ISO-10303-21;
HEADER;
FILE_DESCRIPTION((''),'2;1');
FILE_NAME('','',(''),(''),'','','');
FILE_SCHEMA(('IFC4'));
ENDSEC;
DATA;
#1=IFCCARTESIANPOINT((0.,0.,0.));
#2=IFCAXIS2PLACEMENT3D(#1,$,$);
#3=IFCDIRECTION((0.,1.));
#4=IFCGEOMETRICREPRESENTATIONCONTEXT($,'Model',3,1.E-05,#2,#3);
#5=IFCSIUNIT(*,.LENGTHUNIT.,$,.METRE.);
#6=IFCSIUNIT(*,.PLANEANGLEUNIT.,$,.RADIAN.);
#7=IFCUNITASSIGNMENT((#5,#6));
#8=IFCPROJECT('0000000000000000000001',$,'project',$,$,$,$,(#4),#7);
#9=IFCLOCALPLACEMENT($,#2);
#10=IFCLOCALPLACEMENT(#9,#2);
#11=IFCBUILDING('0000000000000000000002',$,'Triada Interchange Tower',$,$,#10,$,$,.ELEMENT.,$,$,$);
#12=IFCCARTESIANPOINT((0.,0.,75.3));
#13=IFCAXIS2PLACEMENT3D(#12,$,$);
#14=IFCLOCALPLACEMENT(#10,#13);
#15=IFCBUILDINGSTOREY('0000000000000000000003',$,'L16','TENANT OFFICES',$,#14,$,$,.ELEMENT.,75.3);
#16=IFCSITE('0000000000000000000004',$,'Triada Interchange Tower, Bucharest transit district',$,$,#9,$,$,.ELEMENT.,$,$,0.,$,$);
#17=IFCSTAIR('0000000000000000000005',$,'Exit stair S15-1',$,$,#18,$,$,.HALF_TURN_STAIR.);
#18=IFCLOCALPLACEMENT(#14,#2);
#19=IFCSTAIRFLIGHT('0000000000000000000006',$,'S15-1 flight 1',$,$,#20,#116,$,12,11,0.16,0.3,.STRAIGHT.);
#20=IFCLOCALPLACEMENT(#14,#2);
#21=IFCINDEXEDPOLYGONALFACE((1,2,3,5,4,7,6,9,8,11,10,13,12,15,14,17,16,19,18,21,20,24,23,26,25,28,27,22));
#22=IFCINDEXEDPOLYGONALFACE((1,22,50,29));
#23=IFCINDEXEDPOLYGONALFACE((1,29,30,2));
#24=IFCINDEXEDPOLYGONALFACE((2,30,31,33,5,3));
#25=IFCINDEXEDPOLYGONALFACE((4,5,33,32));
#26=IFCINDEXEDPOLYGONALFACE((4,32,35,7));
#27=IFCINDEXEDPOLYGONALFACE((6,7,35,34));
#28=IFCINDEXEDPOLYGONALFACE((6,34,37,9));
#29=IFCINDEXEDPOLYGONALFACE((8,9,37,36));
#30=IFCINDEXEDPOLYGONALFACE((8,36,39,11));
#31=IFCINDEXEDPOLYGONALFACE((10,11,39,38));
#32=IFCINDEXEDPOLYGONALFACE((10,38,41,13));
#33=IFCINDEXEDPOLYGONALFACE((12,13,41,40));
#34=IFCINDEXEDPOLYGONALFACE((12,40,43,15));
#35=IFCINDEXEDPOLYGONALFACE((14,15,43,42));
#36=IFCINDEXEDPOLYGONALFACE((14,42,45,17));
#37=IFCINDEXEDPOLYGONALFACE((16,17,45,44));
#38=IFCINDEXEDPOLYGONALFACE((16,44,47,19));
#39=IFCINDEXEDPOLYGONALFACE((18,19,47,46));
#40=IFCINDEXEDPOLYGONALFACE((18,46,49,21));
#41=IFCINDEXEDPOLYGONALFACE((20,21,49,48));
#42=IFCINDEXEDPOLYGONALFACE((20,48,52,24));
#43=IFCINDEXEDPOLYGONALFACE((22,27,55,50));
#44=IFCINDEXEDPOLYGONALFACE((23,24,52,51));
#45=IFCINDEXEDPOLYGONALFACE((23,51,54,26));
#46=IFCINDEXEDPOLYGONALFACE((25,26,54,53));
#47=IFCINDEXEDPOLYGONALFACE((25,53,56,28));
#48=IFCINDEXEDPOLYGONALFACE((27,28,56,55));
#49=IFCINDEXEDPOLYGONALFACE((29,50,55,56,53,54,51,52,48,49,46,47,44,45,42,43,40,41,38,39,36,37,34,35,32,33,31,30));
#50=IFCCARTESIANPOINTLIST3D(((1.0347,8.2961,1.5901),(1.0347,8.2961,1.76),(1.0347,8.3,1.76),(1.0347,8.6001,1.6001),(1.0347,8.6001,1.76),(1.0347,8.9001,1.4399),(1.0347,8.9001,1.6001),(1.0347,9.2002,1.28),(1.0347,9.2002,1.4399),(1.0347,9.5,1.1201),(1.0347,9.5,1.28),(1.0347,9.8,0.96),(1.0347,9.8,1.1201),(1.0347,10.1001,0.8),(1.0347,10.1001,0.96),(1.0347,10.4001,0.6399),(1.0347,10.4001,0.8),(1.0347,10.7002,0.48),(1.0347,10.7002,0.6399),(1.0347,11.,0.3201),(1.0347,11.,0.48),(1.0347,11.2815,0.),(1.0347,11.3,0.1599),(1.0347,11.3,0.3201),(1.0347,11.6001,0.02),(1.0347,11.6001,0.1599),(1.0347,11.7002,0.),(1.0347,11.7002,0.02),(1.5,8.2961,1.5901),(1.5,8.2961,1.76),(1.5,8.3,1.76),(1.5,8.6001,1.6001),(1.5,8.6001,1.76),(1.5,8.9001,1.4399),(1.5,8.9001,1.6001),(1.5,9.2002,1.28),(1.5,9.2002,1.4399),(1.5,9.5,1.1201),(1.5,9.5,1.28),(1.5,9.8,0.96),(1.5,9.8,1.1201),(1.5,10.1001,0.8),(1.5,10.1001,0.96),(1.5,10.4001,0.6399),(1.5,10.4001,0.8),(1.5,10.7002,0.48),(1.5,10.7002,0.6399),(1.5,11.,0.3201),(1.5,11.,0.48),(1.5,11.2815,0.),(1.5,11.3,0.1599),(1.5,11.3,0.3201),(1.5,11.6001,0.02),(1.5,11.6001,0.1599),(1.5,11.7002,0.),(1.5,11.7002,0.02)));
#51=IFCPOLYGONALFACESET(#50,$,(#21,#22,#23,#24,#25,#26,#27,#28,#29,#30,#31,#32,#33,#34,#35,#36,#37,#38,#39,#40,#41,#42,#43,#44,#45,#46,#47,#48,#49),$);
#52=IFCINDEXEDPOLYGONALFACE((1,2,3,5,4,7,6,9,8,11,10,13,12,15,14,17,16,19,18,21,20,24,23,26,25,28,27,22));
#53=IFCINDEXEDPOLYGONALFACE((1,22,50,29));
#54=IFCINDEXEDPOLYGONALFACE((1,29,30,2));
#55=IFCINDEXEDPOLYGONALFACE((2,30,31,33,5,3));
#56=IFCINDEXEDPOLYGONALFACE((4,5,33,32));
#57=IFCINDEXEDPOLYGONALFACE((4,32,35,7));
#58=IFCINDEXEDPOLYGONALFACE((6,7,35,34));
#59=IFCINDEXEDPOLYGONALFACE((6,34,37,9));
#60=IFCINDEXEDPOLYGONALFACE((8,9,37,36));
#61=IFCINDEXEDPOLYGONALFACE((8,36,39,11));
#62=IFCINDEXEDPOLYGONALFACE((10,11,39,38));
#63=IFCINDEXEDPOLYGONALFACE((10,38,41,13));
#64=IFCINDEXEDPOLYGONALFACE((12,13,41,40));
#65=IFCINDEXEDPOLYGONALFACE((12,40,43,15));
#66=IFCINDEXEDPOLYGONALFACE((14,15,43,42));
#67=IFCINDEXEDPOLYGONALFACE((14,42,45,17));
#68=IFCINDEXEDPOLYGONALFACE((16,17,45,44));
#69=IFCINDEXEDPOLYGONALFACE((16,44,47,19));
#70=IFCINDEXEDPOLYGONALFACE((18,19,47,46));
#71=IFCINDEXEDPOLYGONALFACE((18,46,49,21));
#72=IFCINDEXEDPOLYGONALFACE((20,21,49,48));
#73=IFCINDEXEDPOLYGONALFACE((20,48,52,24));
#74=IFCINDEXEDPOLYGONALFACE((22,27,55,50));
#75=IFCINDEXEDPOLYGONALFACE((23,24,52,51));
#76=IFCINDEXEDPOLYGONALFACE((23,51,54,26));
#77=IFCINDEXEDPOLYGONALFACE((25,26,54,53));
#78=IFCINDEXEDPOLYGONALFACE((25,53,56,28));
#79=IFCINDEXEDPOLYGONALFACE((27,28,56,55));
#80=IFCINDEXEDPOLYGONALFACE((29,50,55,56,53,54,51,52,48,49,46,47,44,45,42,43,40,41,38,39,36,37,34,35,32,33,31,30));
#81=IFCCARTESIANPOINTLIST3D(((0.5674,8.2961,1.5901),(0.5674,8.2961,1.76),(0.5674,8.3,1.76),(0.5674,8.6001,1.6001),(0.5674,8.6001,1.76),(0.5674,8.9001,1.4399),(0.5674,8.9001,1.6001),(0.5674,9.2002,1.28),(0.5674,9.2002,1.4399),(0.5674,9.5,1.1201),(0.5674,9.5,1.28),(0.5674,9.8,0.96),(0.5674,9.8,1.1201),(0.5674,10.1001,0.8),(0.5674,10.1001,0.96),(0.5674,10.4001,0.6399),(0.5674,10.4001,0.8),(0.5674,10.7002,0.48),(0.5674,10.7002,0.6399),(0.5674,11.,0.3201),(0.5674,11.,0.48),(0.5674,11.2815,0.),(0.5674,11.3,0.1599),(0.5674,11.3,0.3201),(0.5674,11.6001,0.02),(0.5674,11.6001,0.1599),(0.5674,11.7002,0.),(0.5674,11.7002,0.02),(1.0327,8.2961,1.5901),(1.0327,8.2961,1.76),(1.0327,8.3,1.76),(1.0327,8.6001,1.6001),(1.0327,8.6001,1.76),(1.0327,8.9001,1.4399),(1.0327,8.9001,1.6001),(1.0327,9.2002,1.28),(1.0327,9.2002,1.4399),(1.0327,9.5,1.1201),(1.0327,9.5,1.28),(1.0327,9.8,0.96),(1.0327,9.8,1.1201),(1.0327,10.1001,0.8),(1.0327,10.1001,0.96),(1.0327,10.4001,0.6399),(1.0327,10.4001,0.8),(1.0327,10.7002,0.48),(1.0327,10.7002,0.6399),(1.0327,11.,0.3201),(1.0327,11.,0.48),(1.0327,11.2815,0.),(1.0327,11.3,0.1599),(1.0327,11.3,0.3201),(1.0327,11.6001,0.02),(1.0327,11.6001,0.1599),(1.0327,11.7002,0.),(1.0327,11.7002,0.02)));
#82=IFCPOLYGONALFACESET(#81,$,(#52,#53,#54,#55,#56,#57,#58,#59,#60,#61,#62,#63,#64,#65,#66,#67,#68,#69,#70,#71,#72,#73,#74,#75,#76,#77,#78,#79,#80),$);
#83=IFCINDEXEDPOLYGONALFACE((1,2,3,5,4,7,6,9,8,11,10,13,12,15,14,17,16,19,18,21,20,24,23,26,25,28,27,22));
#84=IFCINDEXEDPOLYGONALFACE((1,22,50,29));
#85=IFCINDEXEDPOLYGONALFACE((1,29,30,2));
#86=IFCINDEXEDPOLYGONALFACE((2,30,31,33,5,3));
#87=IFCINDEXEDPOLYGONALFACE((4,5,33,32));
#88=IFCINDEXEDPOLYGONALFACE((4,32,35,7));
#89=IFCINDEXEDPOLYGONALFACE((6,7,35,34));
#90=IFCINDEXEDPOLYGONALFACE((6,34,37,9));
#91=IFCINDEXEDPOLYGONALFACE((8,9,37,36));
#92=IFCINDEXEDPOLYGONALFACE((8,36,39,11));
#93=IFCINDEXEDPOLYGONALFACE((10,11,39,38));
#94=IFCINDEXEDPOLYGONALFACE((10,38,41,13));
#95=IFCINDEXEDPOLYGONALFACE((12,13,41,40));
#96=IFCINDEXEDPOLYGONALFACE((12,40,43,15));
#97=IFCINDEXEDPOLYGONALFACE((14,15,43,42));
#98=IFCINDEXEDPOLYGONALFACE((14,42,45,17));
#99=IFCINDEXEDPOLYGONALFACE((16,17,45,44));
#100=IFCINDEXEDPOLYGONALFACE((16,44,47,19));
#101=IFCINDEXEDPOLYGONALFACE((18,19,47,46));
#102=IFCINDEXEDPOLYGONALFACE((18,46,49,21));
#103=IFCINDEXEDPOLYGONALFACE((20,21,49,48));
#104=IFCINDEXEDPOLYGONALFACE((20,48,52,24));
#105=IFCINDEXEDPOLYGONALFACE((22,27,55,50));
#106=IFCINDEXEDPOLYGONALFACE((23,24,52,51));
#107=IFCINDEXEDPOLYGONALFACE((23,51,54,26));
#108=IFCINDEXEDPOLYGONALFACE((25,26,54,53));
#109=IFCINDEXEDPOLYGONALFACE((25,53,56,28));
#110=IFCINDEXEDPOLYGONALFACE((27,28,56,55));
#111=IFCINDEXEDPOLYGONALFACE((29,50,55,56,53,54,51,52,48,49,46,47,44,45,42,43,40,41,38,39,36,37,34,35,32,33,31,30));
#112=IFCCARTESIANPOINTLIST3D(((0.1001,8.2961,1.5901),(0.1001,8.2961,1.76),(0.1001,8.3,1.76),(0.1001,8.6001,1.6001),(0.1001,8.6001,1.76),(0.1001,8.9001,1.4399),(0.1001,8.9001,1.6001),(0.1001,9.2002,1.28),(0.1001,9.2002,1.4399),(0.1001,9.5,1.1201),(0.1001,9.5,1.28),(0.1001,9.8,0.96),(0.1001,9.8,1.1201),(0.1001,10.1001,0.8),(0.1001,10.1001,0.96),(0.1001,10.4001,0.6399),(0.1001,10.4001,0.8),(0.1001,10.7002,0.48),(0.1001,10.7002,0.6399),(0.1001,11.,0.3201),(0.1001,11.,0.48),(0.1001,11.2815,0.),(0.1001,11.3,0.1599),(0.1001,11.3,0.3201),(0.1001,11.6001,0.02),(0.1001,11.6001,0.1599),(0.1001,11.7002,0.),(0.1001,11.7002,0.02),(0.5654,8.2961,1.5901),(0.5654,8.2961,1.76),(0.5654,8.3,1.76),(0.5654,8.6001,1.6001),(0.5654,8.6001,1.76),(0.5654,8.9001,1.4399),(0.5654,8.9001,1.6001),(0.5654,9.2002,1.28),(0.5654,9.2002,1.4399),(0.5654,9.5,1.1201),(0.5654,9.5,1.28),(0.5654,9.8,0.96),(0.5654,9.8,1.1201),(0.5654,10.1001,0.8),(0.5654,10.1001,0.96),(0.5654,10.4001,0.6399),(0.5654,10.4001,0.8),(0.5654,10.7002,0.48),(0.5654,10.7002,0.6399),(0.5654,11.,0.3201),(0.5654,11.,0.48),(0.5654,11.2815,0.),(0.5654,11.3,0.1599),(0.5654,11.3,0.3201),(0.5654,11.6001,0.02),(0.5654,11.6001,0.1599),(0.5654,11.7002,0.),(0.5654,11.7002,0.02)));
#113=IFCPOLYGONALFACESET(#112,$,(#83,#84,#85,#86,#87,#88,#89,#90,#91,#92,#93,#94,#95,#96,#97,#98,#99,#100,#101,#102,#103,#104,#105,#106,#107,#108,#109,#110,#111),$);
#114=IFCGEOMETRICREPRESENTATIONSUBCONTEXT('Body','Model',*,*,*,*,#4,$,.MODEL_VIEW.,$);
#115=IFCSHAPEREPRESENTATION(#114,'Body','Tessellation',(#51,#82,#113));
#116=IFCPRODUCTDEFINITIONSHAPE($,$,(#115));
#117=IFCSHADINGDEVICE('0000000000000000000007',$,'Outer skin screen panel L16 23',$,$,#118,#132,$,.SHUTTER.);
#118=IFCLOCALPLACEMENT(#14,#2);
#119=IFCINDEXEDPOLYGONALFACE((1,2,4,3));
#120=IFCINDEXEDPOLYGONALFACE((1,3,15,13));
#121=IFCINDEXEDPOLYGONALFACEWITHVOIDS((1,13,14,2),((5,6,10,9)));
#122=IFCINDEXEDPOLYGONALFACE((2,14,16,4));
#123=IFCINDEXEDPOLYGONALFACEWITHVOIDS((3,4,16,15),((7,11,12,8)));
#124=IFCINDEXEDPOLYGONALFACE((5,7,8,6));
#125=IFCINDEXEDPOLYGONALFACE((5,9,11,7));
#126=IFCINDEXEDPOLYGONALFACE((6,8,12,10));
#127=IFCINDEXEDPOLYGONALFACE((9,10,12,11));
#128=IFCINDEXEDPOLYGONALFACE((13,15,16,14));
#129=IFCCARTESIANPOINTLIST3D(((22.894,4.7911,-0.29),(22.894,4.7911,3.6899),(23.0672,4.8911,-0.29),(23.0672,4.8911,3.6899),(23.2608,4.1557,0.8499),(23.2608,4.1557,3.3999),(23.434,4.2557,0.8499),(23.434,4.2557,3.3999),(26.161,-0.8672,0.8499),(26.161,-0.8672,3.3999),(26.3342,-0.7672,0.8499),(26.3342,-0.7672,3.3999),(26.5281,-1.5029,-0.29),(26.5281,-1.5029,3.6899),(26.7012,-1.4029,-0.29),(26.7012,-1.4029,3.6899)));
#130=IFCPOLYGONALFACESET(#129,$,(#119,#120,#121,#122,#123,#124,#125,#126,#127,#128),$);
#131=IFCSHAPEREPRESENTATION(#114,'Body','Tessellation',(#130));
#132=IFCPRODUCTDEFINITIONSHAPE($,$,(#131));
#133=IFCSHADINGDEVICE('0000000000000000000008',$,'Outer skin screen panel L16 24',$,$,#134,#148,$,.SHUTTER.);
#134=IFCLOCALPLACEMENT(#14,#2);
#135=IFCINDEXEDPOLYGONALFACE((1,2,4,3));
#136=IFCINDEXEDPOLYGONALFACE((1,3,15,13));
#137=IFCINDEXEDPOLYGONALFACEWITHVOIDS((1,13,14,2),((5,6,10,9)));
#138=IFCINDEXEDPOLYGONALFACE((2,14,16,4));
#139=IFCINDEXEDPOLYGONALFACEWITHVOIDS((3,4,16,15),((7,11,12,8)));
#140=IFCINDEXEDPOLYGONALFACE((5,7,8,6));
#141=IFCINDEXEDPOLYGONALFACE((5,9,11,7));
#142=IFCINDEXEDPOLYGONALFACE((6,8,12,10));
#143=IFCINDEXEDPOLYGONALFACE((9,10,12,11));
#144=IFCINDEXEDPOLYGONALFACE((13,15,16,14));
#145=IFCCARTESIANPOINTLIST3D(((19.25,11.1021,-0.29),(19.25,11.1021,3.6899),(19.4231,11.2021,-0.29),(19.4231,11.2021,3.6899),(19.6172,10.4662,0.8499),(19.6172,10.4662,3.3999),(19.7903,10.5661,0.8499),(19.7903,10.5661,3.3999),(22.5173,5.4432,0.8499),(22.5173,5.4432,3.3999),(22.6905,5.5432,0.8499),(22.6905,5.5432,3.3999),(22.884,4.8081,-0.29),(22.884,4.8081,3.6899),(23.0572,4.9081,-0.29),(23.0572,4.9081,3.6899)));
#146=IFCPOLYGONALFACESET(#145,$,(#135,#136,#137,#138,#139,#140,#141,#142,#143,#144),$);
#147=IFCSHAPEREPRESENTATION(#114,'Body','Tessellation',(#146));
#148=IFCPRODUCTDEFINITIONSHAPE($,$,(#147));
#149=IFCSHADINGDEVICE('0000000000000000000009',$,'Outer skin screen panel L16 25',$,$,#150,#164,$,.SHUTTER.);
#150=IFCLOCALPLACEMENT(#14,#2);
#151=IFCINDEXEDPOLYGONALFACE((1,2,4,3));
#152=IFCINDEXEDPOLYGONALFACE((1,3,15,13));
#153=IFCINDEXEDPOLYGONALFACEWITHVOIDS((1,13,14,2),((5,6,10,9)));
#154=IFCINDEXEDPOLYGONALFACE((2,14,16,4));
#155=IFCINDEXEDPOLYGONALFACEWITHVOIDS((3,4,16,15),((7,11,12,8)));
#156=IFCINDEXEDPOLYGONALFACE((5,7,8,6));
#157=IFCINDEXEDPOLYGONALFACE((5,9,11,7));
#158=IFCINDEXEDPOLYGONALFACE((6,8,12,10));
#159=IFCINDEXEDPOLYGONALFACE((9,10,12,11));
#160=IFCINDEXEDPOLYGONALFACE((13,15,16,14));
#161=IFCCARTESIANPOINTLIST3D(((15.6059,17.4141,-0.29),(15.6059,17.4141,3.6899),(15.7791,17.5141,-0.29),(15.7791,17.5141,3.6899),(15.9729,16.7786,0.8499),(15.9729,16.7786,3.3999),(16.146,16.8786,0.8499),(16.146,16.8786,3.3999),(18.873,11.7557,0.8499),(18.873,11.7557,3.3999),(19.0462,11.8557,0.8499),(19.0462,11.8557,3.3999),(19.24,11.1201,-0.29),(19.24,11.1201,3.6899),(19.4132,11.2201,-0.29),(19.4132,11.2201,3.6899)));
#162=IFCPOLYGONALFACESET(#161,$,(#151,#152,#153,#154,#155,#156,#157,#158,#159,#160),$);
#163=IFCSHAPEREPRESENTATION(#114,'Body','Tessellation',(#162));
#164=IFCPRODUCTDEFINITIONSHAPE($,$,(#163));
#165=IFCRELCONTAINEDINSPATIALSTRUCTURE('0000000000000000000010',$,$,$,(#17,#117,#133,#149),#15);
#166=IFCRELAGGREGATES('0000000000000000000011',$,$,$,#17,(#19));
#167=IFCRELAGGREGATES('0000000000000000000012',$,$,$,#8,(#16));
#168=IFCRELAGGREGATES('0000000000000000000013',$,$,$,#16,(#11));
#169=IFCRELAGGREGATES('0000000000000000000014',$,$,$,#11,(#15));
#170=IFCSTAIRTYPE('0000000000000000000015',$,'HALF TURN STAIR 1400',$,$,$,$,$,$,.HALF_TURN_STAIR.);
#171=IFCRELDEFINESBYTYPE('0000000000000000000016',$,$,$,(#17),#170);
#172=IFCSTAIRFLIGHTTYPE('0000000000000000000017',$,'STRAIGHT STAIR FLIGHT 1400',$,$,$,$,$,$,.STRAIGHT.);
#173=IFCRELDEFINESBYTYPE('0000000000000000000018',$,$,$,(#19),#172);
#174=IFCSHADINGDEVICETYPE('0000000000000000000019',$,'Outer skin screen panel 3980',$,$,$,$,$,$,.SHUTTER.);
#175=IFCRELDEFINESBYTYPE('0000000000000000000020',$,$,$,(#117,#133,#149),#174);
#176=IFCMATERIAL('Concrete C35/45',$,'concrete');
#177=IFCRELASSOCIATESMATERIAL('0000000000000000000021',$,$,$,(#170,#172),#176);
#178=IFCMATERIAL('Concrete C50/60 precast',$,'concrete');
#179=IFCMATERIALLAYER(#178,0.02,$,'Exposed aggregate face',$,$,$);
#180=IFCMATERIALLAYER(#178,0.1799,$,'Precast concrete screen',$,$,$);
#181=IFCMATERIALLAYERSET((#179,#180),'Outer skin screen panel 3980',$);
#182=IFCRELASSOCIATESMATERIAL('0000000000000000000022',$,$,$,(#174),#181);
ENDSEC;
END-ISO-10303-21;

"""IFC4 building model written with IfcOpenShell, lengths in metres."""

from ifc_helpers import new_model, si_unit, direction, frame, origin, place, context, subcontext, project, spatial, polyline, outline, extrude, material, layer, layer_set, type_object, element, aggregate, save


model = new_model("IFC4")

# Units and contexts
model_context = context("Model", 3, precision=1e-05, world=origin(), true_north=direction((0.0, 1.0)))
body_context = subcontext(model_context, "Body", "Model", "MODEL_VIEW")
ifc_project = project(units=[si_unit("LENGTHUNIT", "METRE"), si_unit("PLANEANGLEUNIT", "RADIAN")], contexts=[model_context])

# Site, building, storey
site_placement = place(None, origin())
site = spatial("IfcSite", under=ifc_project, at=site_placement, Name="Triada Interchange Tower, Bucharest transit district", CompositionType="ELEMENT", RefElevation=0.0)
building_placement = place(site_placement, origin())
building = spatial("IfcBuilding", under=site, at=building_placement, Name="Triada Interchange Tower", CompositionType="ELEMENT")
storey_placement = place(building_placement, frame((0.0, 0.0, 75.3)))
storey = spatial("IfcBuildingStorey", under=building, at=storey_placement, Name="L16", Description="TENANT OFFICES", CompositionType="ELEMENT", Elevation=75.3)

# Stair
ifc_material_1 = material(Name="Concrete C35/45", Category="concrete")
stair_type = type_object("IfcStairType", Name="HALF TURN STAIR 1400", PredefinedType="HALF_TURN_STAIR", material=ifc_material_1)
stair_1_placement = place(storey_placement, origin())
stair_1 = element("IfcStair", 1, at=stair_1_placement, inside=storey, type_object=stair_type, Name="Exit stair S15-1", PredefinedType="HALF_TURN_STAIR")

# Stair flight
stair_flight_type = type_object("IfcStairFlightType", Name="STRAIGHT STAIR FLIGHT 1400", PredefinedType="STRAIGHT", material=ifc_material_1)
stair_flight_placement = place(storey_placement, frame((0.8, 11.6001, 0.0), z_axis=(0.0, 0.0, 1.0), x_axis=(0.0, -1.0, 0.0)))
stair_flight = element("IfcStairFlight", 2, at=stair_flight_placement, type_object=stair_flight_type, Name="S15-1 flight 1", NumberOfRisers=12, NumberOfTreads=11, PredefinedType="STRAIGHT", RiserHeight=0.16, TreadLength=0.3, context=body_context, shape_type="SweptSolid", body=[
    extrude(outline(polyline([(-0.1001, 0.0), (-0.1001, 0.02), (0.0, 0.02), (0.0, 0.1599), (0.3, 0.1599), (0.3, 0.3201), (0.6001, 0.3201), (0.6001, 0.48), (0.8999, 0.48), (0.8999, 0.6399), (1.2, 0.6399), (1.2, 0.8), (1.5, 0.8), (1.5, 0.96), (1.8, 0.96), (1.8, 1.1201), (2.1001, 1.1201), (2.1001, 1.28), (2.3999, 1.28), (2.3999, 1.4399), (2.7, 1.4399), (2.7, 1.6001), (3.0, 1.6001), (3.0, 1.76), (3.3, 1.76), (3.304, 1.76), (3.304, 1.9199), (3.304, 1.5901), (0.3186, 0.0), (-0.1001, 0.0)])), frame((0.0, 0.7, 0.0), z_axis=(0.0, -1.0, 0.0), x_axis=(1.0, 0.0, 0.0)), (0.0, 0.0, 1.0), 0.4653),
    extrude(outline(polyline([(-0.1001, 0.0), (-0.1001, 0.02), (0.0, 0.02), (0.0, 0.1599), (0.3, 0.1599), (0.3, 0.3201), (0.6001, 0.3201), (0.6001, 0.48), (0.8999, 0.48), (0.8999, 0.6399), (1.2, 0.6399), (1.2, 0.8), (1.5, 0.8), (1.5, 0.96), (1.8, 0.96), (1.8, 1.1201), (2.1001, 1.1201), (2.1001, 1.28), (2.3999, 1.28), (2.3999, 1.4399), (2.7, 1.4399), (2.7, 1.6001), (3.0, 1.6001), (3.0, 1.76), (3.3, 1.76), (3.304, 1.76), (3.304, 1.9199), (3.304, 1.5901), (0.3186, 0.0), (-0.1001, 0.0)])), frame((0.0, 0.2327, 0.0), z_axis=(0.0, -1.0, 0.0), x_axis=(1.0, 0.0, 0.0)), (0.0, 0.0, 1.0), 0.4653),
    extrude(outline(polyline([(-0.1001, 0.0), (-0.1001, 0.02), (0.0, 0.02), (0.0, 0.1599), (0.3, 0.1599), (0.3, 0.3201), (0.6001, 0.3201), (0.6001, 0.48), (0.8999, 0.48), (0.8999, 0.6399), (1.2, 0.6399), (1.2, 0.8), (1.5, 0.8), (1.5, 0.96), (1.8, 0.96), (1.8, 1.1201), (2.1001, 1.1201), (2.1001, 1.28), (2.3999, 1.28), (2.3999, 1.4399), (2.7, 1.4399), (2.7, 1.6001), (3.0, 1.6001), (3.0, 1.76), (3.3, 1.76), (3.304, 1.76), (3.304, 1.9199), (3.304, 1.5901), (0.3186, 0.0), (-0.1001, 0.0)])), frame((0.0, -0.2346, 0.0), z_axis=(0.0, -1.0, 0.0), x_axis=(1.0, 0.0, 0.0)), (0.0, 0.0, 1.0), 0.4653),
])

# Shading devices
ifc_material_2 = material(Name="Concrete C50/60 precast", Category="concrete")
ifc_layer_1 = layer(ifc_material_2, 0.02, Name="Exposed aggregate face")
ifc_layer_2 = layer(ifc_material_2, 0.1799, Name="Precast concrete screen")
ifc_layer_set_1 = layer_set([ifc_layer_1, ifc_layer_2], Name="Outer skin screen panel 3980")
shading_device_type = type_object("IfcShadingDeviceType", Name="Outer skin screen panel 3980", PredefinedType="SHUTTER", material=ifc_layer_set_1)
shading_device_1_placement = place(storey_placement, frame((26.5281, -1.5029, -0.29), z_axis=(0.0, 0.0, 1.0), x_axis=(-0.500023, 0.866012, 0.0)))
element("IfcShadingDevice", 3, at=shading_device_1_placement, inside=storey, type_object=shading_device_type, Name="Outer skin screen panel L16 23", PredefinedType="SHUTTER", context=body_context, shape_type="SweptSolid", body=[
    extrude(outline(polyline([(0.0, 0.0), (7.2678, 0.0), (7.2678, 3.98), (0.0, 3.98), (0.0, 0.0)]), holes=[polyline([(0.7341, 1.1399), (0.7341, 3.6899), (6.5342, 3.6899), (6.5342, 1.1399), (0.7341, 1.1399)])]), frame((0.0, 0.0, 0.0), z_axis=(0.0, -1.0, 0.0), x_axis=(1.0, 0.0, 0.0)), (0.0, 0.0, 1.0), 0.2),
])
shading_device_2_placement = place(storey_placement, frame((22.884, 4.8081, -0.29), z_axis=(0.0, 0.0, 1.0), x_axis=(-0.500023, 0.866012, 0.0)))
element("IfcShadingDevice", 4, at=shading_device_2_placement, inside=storey, type_object=shading_device_type, Name="Outer skin screen panel L16 24", PredefinedType="SHUTTER", context=body_context, shape_type="SweptSolid", body=[
    extrude(outline(polyline([(0.0, 0.0), (7.2678, 0.0), (7.2678, 3.98), (0.0, 3.98), (0.0, 0.0)]), holes=[polyline([(0.7334, 1.1399), (0.7334, 3.6899), (6.5334, 3.6899), (6.5334, 1.1399), (0.7334, 1.1399)])]), frame((0.0, 0.0, 0.0), z_axis=(0.0, -1.0, 0.0), x_axis=(1.0, 0.0, 0.0)), (0.0, 0.0, 1.0), 0.2),
])
shading_device_3_placement = place(storey_placement, frame((19.24, 11.1201, -0.29), z_axis=(0.0, 0.0, 1.0), x_axis=(-0.500023, 0.866012, 0.0)))
element("IfcShadingDevice", 5, at=shading_device_3_placement, inside=storey, type_object=shading_device_type, Name="Outer skin screen panel L16 25", PredefinedType="SHUTTER", context=body_context, shape_type="SweptSolid", body=[
    extrude(outline(polyline([(0.0, 0.0), (7.2678, 0.0), (7.2678, 3.98), (0.0, 3.98), (0.0, 0.0)]), holes=[polyline([(0.7339, 1.1399), (0.7339, 3.6899), (6.5339, 3.6899), (6.5339, 1.1399), (0.7339, 1.1399)])]), frame((0.0, 0.0, 0.0), z_axis=(0.0, -1.0, 0.0), x_axis=(1.0, 0.0, 0.0)), (0.0, 0.0, 1.0), 0.2),
])

aggregate(stair_1, [stair_flight])

save(model, "model.ifc")
